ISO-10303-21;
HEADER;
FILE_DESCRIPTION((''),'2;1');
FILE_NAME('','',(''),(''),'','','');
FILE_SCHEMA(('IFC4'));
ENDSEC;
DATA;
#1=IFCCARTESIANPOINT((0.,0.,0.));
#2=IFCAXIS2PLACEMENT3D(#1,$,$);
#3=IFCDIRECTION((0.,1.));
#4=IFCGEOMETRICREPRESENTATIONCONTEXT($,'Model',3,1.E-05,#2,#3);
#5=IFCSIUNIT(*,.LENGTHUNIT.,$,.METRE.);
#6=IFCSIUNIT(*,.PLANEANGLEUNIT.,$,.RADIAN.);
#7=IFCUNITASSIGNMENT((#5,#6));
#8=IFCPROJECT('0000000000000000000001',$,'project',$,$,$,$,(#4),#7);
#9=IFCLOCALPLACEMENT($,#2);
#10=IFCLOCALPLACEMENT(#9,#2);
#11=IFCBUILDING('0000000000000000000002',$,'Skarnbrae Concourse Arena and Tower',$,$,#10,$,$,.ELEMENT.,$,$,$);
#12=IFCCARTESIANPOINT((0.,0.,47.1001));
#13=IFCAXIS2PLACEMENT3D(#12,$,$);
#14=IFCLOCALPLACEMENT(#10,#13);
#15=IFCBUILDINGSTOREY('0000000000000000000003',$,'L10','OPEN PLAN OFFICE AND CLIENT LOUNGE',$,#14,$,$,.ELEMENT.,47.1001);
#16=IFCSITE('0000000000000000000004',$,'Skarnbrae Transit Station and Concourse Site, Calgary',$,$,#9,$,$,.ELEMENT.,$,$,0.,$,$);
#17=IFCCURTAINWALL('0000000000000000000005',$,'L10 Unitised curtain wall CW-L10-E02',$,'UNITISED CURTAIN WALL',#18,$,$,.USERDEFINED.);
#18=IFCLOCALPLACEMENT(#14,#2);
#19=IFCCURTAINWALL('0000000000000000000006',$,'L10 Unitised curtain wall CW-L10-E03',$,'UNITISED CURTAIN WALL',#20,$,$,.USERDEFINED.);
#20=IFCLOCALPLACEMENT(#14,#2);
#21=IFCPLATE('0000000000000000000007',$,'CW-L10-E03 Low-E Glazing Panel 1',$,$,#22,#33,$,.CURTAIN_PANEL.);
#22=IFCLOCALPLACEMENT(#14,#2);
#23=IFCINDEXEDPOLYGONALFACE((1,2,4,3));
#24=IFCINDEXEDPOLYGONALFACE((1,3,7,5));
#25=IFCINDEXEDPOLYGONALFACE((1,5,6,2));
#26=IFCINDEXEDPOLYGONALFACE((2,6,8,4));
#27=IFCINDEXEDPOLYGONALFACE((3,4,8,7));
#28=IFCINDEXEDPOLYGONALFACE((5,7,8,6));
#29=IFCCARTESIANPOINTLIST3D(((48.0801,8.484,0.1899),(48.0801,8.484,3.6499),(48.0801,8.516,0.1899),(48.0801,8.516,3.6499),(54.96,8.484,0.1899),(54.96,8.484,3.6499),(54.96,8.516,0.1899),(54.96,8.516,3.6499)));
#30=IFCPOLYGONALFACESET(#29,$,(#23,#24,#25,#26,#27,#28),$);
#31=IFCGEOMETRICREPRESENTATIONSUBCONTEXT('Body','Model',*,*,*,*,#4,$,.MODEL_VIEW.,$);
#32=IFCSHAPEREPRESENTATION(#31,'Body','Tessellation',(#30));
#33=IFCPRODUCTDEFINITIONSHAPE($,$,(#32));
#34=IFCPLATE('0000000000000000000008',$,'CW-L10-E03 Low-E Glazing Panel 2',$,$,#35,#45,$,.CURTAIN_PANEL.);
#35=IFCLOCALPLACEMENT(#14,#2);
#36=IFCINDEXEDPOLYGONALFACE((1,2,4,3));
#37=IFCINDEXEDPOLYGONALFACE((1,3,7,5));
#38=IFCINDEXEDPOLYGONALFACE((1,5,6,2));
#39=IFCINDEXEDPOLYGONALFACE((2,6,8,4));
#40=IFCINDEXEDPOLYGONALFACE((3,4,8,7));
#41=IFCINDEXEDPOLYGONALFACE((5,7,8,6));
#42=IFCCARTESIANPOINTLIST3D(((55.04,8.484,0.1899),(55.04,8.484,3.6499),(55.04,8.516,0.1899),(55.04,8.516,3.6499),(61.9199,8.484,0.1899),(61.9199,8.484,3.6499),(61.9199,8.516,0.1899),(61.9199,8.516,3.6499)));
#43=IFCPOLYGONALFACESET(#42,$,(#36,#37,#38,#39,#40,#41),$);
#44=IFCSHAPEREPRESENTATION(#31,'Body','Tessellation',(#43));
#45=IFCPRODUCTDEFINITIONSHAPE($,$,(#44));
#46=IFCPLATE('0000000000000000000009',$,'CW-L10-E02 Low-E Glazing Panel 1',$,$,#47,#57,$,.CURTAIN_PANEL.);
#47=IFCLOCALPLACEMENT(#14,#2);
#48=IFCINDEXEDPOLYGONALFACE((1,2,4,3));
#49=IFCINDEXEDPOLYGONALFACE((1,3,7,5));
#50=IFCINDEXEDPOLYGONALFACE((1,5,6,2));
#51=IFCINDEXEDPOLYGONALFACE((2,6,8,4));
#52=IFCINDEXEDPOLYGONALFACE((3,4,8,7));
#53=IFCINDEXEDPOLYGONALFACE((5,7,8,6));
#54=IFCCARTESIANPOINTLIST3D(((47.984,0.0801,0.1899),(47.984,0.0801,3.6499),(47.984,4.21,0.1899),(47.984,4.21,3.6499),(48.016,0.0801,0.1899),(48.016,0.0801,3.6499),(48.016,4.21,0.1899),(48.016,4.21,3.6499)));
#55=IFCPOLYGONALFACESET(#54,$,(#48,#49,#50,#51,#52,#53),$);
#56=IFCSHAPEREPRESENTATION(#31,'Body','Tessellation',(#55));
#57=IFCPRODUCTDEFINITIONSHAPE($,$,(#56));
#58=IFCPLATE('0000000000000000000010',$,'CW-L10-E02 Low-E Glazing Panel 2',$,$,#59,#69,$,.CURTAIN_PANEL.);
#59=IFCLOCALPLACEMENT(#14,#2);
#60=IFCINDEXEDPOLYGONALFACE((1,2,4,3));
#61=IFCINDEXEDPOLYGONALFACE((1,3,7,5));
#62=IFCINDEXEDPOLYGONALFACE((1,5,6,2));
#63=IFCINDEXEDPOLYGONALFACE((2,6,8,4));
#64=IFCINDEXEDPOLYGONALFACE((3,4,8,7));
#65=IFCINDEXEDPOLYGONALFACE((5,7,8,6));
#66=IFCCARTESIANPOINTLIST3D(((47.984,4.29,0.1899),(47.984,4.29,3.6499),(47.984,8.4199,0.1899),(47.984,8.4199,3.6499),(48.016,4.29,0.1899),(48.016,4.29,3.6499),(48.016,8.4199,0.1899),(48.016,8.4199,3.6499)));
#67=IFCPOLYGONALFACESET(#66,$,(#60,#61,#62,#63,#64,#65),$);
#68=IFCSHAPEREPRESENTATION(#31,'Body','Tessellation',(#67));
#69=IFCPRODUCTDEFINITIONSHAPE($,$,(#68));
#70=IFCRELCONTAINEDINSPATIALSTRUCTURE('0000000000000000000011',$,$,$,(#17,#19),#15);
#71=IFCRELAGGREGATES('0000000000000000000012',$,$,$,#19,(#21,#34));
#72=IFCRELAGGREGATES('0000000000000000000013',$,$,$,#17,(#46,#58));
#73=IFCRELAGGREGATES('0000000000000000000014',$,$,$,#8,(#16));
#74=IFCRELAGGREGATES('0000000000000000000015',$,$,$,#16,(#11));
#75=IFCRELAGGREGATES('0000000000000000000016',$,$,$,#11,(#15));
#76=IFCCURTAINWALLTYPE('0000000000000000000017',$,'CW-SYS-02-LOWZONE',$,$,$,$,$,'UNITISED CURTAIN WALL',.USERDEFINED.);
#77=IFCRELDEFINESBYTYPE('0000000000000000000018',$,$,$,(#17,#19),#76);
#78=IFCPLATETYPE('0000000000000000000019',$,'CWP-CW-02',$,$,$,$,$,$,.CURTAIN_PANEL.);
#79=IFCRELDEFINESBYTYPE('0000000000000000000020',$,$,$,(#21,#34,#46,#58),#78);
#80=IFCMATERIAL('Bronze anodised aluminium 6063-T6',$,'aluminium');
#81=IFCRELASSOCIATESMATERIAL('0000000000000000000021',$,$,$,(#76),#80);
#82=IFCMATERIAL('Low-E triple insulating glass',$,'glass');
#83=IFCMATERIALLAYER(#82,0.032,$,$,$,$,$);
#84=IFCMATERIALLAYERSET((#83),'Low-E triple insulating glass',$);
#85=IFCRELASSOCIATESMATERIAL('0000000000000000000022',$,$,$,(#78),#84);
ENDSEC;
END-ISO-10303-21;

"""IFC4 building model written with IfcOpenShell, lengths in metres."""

from ifc_helpers import new_model, si_unit, direction, frame, origin, origin_2d, place, context, subcontext, project, spatial, rectangle, extrude, source, transform, mapped, material, layer, layer_set, type_object, element, aggregate, save


model = new_model("IFC4")

# Units and contexts
model_context = context("Model", 3, precision=1e-05, world=origin(), true_north=direction((0.0, 1.0)))
body_context = subcontext(model_context, "Body", "Model", "MODEL_VIEW")
ifc_project = project(units=[si_unit("LENGTHUNIT", "METRE"), si_unit("PLANEANGLEUNIT", "RADIAN")], contexts=[model_context])

# Site, building, storey
site_placement = place(None, origin())
site = spatial("IfcSite", under=ifc_project, at=site_placement, Name="Skarnbrae Transit Station and Concourse Site, Calgary", CompositionType="ELEMENT", RefElevation=0.0)
building_placement = place(site_placement, origin())
building = spatial("IfcBuilding", under=site, at=building_placement, Name="Skarnbrae Concourse Arena and Tower", CompositionType="ELEMENT")
storey_placement = place(building_placement, frame((0.0, 0.0, 47.1001)))
storey = spatial("IfcBuildingStorey", under=building, at=storey_placement, Name="L10", Description="OPEN PLAN OFFICE AND CLIENT LOUNGE", CompositionType="ELEMENT", Elevation=47.1001)

# Shared definitions
ifc_material_1 = material(Name="Bronze anodised aluminium 6063-T6", Category="aluminium")
curtain_wall_type = type_object("IfcCurtainWallType", Name="CW-SYS-02-LOWZONE", ElementType="UNITISED CURTAIN WALL", PredefinedType="USERDEFINED", material=ifc_material_1)

# Curtain walls
curtain_wall_1_placement = place(storey_placement, origin())
curtain_wall_1 = element("IfcCurtainWall", 1, at=curtain_wall_1_placement, inside=storey, type_object=curtain_wall_type, Name="L10 Unitised curtain wall CW-L10-E02", ObjectType="UNITISED CURTAIN WALL", PredefinedType="USERDEFINED")
curtain_wall_2_placement = place(storey_placement, origin())
curtain_wall_2 = element("IfcCurtainWall", 2, at=curtain_wall_2_placement, inside=storey, type_object=curtain_wall_type, Name="L10 Unitised curtain wall CW-L10-E03", ObjectType="UNITISED CURTAIN WALL", PredefinedType="USERDEFINED")

# Plates
ifc_material_2 = material(Name="Low-E triple insulating glass", Category="glass")
ifc_layer = layer(ifc_material_2, 0.032)
ifc_layer_set = layer_set([ifc_layer], Name="Low-E triple insulating glass")
plate_type = type_object("IfcPlateType", Name="CWP-CW-02", PredefinedType="CURTAIN_PANEL", material=ifc_layer_set)
shared_shape_1 = source(origin(), body_context, "Body", "SweptSolid", [
    extrude(rectangle(XDim=6.8799, YDim=0.032, at=origin_2d()), origin(), (0.0, 0.0, 1.0), 3.46),
])
plate_1_placement = place(storey_placement, frame((51.52, 8.5, 0.1899), z_axis=(0.0, 0.0, 1.0), x_axis=(1.0, 0.0, 0.0)))
plate_1 = element("IfcPlate", 3, at=plate_1_placement, type_object=plate_type, Name="CW-L10-E03 Low-E Glazing Panel 1", PredefinedType="CURTAIN_PANEL", context=body_context, shape_type="MappedRepresentation", body=[
    mapped(shared_shape_1, transform((0.0, 0.0, 0.0))),
])
plate_2_placement = place(storey_placement, frame((58.48, 8.5, 0.1899), z_axis=(0.0, 0.0, 1.0), x_axis=(1.0, 0.0, 0.0)))
plate_2 = element("IfcPlate", 4, at=plate_2_placement, type_object=plate_type, Name="CW-L10-E03 Low-E Glazing Panel 2", PredefinedType="CURTAIN_PANEL", context=body_context, shape_type="MappedRepresentation", body=[
    mapped(shared_shape_1, transform((0.0, 0.0, 0.0))),
])
aggregate(curtain_wall_2, [plate_1, plate_2])
shared_shape_2 = source(origin(), body_context, "Body", "SweptSolid", [
    extrude(rectangle(XDim=4.1299, YDim=0.032, at=origin_2d()), origin(), (0.0, 0.0, 1.0), 3.46),
])
plate_3_placement = place(storey_placement, frame((48.0, 2.145, 0.1899), z_axis=(0.0, 0.0, 1.0), x_axis=(0.0, 1.0, 0.0)))
plate_3 = element("IfcPlate", 5, at=plate_3_placement, type_object=plate_type, Name="CW-L10-E02 Low-E Glazing Panel 1", PredefinedType="CURTAIN_PANEL", context=body_context, shape_type="MappedRepresentation", body=[
    mapped(shared_shape_2, transform((0.0, 0.0, 0.0))),
])
plate_4_placement = place(storey_placement, frame((48.0, 6.355, 0.1899), z_axis=(0.0, 0.0, 1.0), x_axis=(0.0, 1.0, 0.0)))
plate_4 = element("IfcPlate", 6, at=plate_4_placement, type_object=plate_type, Name="CW-L10-E02 Low-E Glazing Panel 2", PredefinedType="CURTAIN_PANEL", context=body_context, shape_type="MappedRepresentation", body=[
    mapped(shared_shape_2, transform((0.0, 0.0, 0.0))),
])
aggregate(curtain_wall_1, [plate_3, plate_4])

save(model, "model.ifc")
